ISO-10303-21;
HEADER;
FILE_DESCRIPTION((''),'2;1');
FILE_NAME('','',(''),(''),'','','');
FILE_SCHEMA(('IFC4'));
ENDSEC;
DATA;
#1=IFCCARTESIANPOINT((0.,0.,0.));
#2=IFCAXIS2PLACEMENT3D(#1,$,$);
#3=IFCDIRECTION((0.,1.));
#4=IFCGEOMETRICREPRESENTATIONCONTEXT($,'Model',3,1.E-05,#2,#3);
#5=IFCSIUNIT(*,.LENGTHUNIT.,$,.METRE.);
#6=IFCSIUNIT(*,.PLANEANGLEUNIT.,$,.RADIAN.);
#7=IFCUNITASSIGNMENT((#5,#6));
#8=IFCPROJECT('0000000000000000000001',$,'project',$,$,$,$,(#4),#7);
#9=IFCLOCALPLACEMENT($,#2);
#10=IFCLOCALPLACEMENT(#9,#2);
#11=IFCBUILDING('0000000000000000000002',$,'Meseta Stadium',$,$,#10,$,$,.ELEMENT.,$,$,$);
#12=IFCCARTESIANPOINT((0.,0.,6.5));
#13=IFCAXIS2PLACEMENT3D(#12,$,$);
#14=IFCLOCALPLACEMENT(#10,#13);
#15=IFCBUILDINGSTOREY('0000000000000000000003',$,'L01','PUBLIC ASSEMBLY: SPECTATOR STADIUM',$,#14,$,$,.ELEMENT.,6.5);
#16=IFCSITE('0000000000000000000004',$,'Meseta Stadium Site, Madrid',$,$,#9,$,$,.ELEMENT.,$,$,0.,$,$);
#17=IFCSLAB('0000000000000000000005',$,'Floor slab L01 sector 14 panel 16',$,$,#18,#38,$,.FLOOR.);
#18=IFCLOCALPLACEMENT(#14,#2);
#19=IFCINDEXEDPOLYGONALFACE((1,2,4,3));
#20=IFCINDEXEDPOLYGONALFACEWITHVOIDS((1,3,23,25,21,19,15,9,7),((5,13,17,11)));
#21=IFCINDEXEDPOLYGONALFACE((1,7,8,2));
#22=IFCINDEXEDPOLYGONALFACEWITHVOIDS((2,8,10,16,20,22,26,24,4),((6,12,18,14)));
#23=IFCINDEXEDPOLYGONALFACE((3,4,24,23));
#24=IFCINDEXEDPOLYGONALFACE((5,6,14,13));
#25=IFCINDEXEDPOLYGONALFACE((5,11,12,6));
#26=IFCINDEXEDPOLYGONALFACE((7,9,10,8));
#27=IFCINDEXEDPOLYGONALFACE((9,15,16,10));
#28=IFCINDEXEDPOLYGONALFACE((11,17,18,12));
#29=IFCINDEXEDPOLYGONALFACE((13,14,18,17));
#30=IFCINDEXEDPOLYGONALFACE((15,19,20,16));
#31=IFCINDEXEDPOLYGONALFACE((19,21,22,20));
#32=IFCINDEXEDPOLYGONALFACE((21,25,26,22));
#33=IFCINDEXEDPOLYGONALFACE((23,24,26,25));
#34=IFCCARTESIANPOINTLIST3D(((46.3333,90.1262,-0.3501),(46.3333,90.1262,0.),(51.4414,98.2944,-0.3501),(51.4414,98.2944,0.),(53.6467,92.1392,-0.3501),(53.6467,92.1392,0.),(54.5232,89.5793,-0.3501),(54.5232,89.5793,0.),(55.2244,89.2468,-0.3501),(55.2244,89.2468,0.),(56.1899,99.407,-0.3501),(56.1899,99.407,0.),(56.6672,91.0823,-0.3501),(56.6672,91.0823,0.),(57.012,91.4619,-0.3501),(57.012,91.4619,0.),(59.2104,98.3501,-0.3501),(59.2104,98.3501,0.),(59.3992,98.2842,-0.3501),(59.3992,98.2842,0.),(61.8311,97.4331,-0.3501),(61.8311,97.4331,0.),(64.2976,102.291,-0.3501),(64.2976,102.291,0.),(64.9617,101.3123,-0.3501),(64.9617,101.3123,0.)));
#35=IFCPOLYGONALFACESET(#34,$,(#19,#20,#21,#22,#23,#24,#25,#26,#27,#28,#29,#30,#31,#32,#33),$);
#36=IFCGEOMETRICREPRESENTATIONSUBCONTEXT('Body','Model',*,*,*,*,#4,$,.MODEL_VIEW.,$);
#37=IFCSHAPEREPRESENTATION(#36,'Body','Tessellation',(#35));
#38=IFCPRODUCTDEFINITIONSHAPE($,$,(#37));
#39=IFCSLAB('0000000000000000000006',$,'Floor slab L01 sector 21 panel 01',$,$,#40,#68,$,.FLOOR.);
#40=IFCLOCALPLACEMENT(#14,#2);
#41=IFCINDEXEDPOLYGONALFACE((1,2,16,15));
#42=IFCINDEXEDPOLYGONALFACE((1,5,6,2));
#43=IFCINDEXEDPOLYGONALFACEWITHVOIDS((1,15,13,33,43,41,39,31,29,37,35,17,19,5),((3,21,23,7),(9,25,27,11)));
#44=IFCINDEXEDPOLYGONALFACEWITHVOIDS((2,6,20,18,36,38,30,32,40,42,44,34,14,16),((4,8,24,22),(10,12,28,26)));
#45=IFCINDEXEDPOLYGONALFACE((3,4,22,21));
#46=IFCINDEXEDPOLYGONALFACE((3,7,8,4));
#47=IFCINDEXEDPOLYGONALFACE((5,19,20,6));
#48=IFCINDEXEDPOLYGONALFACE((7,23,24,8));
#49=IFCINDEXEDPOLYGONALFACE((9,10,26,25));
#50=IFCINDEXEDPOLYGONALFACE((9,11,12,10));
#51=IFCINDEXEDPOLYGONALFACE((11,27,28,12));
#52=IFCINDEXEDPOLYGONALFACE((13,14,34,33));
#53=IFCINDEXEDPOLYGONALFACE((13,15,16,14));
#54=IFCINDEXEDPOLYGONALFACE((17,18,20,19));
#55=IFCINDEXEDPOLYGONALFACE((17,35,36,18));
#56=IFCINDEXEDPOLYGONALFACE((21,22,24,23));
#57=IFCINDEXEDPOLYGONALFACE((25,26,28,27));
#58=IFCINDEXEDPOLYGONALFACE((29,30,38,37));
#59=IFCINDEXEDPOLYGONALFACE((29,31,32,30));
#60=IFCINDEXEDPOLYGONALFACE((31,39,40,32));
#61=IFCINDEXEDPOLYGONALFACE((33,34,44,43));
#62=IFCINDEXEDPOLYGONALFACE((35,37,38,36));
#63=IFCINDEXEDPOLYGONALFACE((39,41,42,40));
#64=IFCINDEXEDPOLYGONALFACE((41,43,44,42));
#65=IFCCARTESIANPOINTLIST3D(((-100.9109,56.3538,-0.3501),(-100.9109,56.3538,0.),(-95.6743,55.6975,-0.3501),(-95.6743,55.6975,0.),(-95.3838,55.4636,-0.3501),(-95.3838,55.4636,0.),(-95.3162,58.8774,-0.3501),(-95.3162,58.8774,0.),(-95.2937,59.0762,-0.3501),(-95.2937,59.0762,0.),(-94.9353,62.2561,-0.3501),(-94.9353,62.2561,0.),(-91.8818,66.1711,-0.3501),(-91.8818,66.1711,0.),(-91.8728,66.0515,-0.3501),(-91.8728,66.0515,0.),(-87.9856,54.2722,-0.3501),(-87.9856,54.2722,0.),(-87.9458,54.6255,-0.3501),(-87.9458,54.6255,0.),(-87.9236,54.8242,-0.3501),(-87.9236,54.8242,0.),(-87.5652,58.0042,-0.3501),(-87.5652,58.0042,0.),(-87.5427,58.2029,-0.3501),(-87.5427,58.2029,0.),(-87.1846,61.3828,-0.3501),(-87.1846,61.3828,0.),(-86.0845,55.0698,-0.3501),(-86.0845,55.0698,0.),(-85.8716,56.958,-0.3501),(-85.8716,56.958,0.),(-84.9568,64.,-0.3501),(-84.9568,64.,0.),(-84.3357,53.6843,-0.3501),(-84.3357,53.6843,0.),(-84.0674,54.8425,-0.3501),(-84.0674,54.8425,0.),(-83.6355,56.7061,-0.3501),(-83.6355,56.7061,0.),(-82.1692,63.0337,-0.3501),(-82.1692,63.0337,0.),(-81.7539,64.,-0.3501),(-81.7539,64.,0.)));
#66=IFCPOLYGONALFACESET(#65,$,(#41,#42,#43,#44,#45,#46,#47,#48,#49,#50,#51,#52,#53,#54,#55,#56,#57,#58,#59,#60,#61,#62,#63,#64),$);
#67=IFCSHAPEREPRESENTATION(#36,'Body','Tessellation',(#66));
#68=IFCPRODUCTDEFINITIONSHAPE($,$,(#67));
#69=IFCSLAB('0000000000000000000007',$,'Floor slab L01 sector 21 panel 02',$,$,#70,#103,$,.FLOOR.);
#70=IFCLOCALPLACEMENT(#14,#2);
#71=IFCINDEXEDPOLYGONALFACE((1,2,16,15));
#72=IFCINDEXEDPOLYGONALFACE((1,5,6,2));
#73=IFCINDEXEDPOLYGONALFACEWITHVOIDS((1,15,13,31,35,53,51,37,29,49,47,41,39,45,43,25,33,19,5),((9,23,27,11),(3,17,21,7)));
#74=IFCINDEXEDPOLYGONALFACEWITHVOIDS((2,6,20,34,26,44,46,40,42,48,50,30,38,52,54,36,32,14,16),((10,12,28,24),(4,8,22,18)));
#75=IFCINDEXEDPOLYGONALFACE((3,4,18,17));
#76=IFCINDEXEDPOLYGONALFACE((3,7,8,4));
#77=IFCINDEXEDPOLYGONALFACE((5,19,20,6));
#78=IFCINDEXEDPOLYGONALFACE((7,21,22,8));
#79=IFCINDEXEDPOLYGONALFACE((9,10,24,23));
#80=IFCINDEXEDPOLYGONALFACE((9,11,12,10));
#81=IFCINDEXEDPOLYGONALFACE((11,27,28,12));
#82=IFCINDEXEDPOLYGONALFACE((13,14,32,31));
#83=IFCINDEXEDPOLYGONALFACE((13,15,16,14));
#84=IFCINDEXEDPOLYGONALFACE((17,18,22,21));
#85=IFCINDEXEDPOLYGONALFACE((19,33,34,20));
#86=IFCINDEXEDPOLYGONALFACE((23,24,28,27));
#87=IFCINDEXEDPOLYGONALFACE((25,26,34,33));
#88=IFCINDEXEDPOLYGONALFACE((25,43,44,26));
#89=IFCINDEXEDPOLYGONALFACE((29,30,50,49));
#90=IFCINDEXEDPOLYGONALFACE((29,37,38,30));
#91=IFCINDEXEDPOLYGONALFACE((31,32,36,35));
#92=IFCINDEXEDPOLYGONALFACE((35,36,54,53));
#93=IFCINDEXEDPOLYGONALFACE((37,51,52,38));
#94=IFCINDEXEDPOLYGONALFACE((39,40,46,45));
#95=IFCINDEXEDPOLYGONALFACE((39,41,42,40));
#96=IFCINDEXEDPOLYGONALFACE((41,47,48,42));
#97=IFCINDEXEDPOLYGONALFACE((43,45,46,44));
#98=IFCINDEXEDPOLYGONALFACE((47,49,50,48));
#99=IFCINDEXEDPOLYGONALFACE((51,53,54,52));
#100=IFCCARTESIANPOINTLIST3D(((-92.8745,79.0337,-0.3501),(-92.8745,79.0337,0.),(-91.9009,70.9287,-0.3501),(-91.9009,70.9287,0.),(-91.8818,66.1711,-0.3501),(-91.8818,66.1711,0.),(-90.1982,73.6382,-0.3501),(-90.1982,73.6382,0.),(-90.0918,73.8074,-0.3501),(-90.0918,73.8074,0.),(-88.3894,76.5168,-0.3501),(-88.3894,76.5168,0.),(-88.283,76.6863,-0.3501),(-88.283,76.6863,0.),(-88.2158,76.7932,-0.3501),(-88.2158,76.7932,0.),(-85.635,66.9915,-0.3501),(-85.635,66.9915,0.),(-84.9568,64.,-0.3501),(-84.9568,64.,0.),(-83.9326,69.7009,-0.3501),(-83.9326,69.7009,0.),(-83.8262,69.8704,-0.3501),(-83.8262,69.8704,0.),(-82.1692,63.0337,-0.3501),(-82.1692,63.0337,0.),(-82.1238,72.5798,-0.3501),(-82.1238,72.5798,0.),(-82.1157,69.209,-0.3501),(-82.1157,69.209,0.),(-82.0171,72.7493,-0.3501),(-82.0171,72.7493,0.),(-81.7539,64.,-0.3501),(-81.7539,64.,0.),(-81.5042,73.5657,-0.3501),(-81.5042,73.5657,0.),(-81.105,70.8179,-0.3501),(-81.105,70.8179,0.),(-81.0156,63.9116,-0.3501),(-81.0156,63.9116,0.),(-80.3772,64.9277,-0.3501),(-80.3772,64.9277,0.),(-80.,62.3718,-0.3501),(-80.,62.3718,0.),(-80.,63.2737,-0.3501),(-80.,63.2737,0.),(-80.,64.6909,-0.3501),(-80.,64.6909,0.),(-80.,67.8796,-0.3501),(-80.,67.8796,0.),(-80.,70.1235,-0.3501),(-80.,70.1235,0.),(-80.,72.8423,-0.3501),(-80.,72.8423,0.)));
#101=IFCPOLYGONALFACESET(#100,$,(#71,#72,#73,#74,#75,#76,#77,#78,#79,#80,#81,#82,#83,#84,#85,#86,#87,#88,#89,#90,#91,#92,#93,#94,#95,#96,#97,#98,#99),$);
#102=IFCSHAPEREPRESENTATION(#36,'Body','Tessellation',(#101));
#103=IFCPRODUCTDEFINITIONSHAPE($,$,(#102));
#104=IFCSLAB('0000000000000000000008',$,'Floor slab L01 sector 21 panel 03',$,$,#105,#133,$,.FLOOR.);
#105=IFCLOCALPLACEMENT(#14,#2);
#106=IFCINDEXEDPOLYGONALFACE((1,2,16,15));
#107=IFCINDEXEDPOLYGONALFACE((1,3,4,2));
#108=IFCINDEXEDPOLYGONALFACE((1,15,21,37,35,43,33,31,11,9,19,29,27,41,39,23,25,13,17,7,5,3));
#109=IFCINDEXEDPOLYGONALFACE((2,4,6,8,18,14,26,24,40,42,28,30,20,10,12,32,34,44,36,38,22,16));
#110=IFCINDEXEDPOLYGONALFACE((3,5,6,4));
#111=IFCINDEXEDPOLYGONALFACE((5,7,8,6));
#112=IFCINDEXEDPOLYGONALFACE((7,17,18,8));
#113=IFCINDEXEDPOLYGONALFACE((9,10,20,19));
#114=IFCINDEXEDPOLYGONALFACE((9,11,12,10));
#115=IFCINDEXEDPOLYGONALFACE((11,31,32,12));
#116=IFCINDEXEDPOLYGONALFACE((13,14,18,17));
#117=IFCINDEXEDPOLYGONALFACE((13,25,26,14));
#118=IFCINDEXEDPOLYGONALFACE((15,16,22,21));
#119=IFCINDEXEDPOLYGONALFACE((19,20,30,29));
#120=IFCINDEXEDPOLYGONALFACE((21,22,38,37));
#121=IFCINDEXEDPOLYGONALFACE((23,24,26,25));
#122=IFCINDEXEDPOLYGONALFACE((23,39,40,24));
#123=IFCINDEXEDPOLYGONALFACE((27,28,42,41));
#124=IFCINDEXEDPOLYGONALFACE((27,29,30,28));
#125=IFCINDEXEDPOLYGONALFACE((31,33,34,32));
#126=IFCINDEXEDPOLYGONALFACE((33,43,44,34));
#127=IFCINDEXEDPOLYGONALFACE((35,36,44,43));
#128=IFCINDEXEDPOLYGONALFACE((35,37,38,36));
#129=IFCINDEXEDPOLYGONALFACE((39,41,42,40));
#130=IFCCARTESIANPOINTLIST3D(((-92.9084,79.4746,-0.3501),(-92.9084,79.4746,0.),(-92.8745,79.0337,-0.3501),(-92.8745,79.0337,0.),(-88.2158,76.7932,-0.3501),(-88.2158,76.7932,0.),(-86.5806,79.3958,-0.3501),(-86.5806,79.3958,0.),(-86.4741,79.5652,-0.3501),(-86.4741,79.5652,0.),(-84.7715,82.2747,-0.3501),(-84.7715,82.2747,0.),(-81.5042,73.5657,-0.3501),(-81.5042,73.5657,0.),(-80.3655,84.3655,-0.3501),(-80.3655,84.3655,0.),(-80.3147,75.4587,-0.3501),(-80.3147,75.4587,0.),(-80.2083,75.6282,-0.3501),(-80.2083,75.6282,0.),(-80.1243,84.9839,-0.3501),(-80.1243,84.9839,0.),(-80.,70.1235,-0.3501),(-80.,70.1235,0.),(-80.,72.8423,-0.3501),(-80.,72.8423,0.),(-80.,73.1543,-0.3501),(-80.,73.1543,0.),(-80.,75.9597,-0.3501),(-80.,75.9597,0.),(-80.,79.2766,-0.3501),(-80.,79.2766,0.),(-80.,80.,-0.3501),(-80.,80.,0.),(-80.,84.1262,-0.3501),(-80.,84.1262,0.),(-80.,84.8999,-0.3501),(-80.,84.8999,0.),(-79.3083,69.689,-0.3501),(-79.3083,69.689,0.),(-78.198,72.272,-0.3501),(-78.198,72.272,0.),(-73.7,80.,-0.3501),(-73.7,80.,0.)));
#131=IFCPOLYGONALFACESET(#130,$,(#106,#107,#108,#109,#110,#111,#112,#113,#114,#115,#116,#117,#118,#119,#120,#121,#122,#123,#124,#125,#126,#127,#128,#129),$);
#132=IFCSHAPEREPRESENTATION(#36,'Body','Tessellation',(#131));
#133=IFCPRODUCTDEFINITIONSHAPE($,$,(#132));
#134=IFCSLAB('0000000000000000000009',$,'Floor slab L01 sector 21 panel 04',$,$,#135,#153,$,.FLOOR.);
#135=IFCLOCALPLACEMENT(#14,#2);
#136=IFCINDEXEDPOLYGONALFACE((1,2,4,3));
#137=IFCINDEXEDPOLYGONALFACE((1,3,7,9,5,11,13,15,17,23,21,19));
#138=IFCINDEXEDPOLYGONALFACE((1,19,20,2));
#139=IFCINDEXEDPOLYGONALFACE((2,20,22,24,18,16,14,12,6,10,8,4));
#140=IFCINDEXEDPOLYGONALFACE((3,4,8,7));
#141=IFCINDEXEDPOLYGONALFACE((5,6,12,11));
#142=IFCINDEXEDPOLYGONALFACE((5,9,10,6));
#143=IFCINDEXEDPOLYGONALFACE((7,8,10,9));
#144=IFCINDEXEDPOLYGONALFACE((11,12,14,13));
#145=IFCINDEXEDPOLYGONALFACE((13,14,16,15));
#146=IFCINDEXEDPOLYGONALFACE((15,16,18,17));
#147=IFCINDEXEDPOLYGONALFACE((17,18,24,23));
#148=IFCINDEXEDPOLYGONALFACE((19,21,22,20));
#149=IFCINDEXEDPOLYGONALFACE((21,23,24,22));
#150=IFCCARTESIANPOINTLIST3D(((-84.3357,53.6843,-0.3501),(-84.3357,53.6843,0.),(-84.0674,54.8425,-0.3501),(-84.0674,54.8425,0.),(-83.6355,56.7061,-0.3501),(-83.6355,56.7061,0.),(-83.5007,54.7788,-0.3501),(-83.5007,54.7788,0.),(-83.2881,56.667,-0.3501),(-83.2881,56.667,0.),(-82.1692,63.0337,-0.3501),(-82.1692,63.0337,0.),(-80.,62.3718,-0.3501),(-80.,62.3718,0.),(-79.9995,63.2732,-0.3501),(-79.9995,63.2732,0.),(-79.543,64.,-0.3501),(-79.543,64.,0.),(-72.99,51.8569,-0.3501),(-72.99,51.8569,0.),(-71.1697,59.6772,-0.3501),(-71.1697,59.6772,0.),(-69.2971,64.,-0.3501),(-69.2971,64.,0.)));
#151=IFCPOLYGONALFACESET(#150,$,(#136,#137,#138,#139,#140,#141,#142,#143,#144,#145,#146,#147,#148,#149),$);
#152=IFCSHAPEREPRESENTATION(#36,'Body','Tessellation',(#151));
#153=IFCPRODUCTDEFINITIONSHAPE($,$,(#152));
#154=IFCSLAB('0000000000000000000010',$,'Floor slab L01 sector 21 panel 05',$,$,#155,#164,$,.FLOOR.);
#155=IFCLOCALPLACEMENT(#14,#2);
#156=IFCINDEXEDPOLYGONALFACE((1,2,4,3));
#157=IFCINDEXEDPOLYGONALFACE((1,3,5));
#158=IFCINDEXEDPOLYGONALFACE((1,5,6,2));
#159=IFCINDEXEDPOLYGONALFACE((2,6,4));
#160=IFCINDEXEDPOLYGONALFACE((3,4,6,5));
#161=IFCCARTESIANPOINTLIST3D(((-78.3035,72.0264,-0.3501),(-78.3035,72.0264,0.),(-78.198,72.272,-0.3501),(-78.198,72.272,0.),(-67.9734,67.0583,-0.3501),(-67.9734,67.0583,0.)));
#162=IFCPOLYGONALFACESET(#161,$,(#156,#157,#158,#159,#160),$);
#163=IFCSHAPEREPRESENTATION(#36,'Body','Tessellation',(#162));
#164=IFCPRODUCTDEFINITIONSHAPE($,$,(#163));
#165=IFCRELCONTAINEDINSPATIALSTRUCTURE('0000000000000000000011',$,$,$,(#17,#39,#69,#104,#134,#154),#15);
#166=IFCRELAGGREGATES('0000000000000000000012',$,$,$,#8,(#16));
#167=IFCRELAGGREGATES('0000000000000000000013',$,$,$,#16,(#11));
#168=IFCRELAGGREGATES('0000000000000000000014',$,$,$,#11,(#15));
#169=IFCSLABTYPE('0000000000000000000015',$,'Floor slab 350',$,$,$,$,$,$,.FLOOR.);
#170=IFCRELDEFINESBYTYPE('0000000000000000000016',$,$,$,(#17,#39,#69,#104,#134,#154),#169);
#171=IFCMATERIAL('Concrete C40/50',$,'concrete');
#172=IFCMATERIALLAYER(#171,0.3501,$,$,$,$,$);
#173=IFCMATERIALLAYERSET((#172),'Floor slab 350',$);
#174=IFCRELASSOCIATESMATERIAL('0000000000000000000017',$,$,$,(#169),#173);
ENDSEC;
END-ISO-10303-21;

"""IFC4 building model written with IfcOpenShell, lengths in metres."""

from ifc_helpers import new_model, si_unit, direction, frame, origin, place, context, subcontext, project, spatial, polyline, outline, extrude, material, layer, layer_set, type_object, element, save


model = new_model("IFC4")

# Units and contexts
model_context = context("Model", 3, precision=1e-05, world=origin(), true_north=direction((0.0, 1.0)))
body_context = subcontext(model_context, "Body", "Model", "MODEL_VIEW")
ifc_project = project(units=[si_unit("LENGTHUNIT", "METRE"), si_unit("PLANEANGLEUNIT", "RADIAN")], contexts=[model_context])

# Site, building, storey
site_placement = place(None, origin())
site = spatial("IfcSite", under=ifc_project, at=site_placement, Name="Meseta Stadium Site, Madrid", CompositionType="ELEMENT", RefElevation=0.0)
building_placement = place(site_placement, origin())
building = spatial("IfcBuilding", under=site, at=building_placement, Name="Meseta Stadium", CompositionType="ELEMENT")
storey_placement = place(building_placement, frame((0.0, 0.0, 6.5)))
storey = spatial("IfcBuildingStorey", under=building, at=storey_placement, Name="L01", Description="PUBLIC ASSEMBLY: SPECTATOR STADIUM", CompositionType="ELEMENT", Elevation=6.5)

# Slabs
ifc_material = material(Name="Concrete C40/50", Category="concrete")
ifc_layer = layer(ifc_material, 0.3501)
ifc_layer_set = layer_set([ifc_layer], Name="Floor slab 350")
slab_type = type_object("IfcSlabType", Name="Floor slab 350", PredefinedType="FLOOR", material=ifc_layer_set)
slab_1_placement = place(storey_placement, frame((0.0, 0.0, -0.3501)))
element("IfcSlab", 1, at=slab_1_placement, inside=storey, type_object=slab_type, Name="Floor slab L01 sector 14 panel 16", PredefinedType="FLOOR", context=body_context, shape_type="SweptSolid", body=[
    extrude(outline(polyline([(59.3992, 98.2842), (61.8311, 97.4331), (64.9617, 101.3123), (64.2976, 102.291), (51.4414, 98.2944), (46.3333, 90.1262), (54.5232, 89.5793), (55.2244, 89.2468), (57.012, 91.4619), (59.3992, 98.2842)]), holes=[polyline([(56.6672, 91.0823), (53.6467, 92.1392), (56.1899, 99.407), (59.2104, 98.3501), (56.6672, 91.0823)])]), origin(), (0.0, 0.0, 1.0), 0.3501),
])
slab_2_placement = place(storey_placement, frame((0.0, 0.0, -0.3501)))
element("IfcSlab", 2, at=slab_2_placement, inside=storey, type_object=slab_type, Name="Floor slab L01 sector 21 panel 01", PredefinedType="FLOOR", context=body_context, shape_type="SweptSolid", body=[
    extrude(outline(polyline([(-87.9458, 54.6255), (-87.9856, 54.2722), (-84.3357, 53.6843), (-84.0674, 54.8425), (-86.0845, 55.0698), (-85.8716, 56.958), (-83.6355, 56.7061), (-82.1692, 63.0337), (-81.7539, 64.0), (-84.9568, 64.0), (-91.8818, 66.1711), (-91.8728, 66.0515), (-100.9109, 56.3538), (-95.3838, 55.4636), (-87.9458, 54.6255)]), holes=[polyline([(-95.6743, 55.6975), (-95.3162, 58.8774), (-87.5652, 58.0042), (-87.9236, 54.8242), (-95.6743, 55.6975)]), polyline([(-95.2937, 59.0762), (-94.9353, 62.2561), (-87.1846, 61.3828), (-87.5427, 58.2029), (-95.2937, 59.0762)])]), origin(), (0.0, 0.0, 1.0), 0.3501),
])
slab_3_placement = place(storey_placement, frame((0.0, 0.0, -0.3501)))
element("IfcSlab", 3, at=slab_3_placement, inside=storey, type_object=slab_type, Name="Floor slab L01 sector 21 panel 02", PredefinedType="FLOOR", context=body_context, shape_type="SweptSolid", body=[
    extrude(outline(polyline([(-80.0, 70.1235), (-80.0, 72.8423), (-81.5042, 73.5657), (-82.0171, 72.7493), (-88.283, 76.6863), (-88.2158, 76.7932), (-92.8745, 79.0337), (-91.8818, 66.1711), (-84.9568, 64.0), (-81.7539, 64.0), (-82.1692, 63.0337), (-80.0, 62.3718), (-80.0, 63.2737), (-81.0156, 63.9116), (-80.3772, 64.9277), (-80.0, 64.6909), (-80.0, 67.8796), (-82.1157, 69.209), (-81.105, 70.8179), (-80.0, 70.1235)]), holes=[polyline([(-91.9009, 70.9287), (-90.1982, 73.6382), (-83.9326, 69.7009), (-85.635, 66.9915), (-91.9009, 70.9287)]), polyline([(-90.0918, 73.8074), (-88.3894, 76.5168), (-82.1238, 72.5798), (-83.8262, 69.8704), (-90.0918, 73.8074)])]), origin(), (0.0, 0.0, 1.0), 0.3501),
])
slab_4_placement = place(storey_placement, frame((0.0, 0.0, -0.3501)))
element("IfcSlab", 4, at=slab_4_placement, inside=storey, type_object=slab_type, Name="Floor slab L01 sector 21 panel 03", PredefinedType="FLOOR", context=body_context, shape_type="SweptSolid", body=[
    extrude(outline(polyline([(-80.1243, 84.9839), (-80.3655, 84.3655), (-92.9084, 79.4746), (-92.8745, 79.0337), (-88.2158, 76.7932), (-86.5806, 79.3958), (-80.3147, 75.4587), (-81.5042, 73.5657), (-80.0, 72.8423), (-80.0, 70.1235), (-79.3083, 69.689), (-78.198, 72.272), (-80.0, 73.1543), (-80.0, 75.9597), (-80.2083, 75.6282), (-86.4741, 79.5652), (-84.7715, 82.2747), (-80.0, 79.2766), (-80.0, 80.0), (-73.7, 80.0), (-80.0, 84.1262), (-80.0, 84.8999), (-80.1243, 84.9839)])), origin(), (0.0, 0.0, 1.0), 0.3501),
])
slab_5_placement = place(storey_placement, frame((0.0, 0.0, -0.3501)))
element("IfcSlab", 5, at=slab_5_placement, inside=storey, type_object=slab_type, Name="Floor slab L01 sector 21 panel 04", PredefinedType="FLOOR", context=body_context, shape_type="SweptSolid", body=[
    extrude(outline(polyline([(-80.0, 62.3718), (-82.1692, 63.0337), (-83.6355, 56.7061), (-83.2881, 56.667), (-83.5007, 54.7788), (-84.0674, 54.8425), (-84.3357, 53.6843), (-72.99, 51.8569), (-71.1697, 59.6772), (-69.2971, 64.0), (-79.543, 64.0), (-79.9995, 63.2732), (-80.0, 62.3718)])), origin(), (0.0, 0.0, 1.0), 0.3501),
])
slab_6_placement = place(storey_placement, frame((0.0, 0.0, -0.3501)))
element("IfcSlab", 6, at=slab_6_placement, inside=storey, type_object=slab_type, Name="Floor slab L01 sector 21 panel 05", PredefinedType="FLOOR", context=body_context, shape_type="SweptSolid", body=[
    extrude(outline(polyline([(-67.9734, 67.0583), (-78.198, 72.272), (-78.3035, 72.0264), (-67.9734, 67.0583)])), origin(), (0.0, 0.0, 1.0), 0.3501),
])

save(model, "model.ifc")
